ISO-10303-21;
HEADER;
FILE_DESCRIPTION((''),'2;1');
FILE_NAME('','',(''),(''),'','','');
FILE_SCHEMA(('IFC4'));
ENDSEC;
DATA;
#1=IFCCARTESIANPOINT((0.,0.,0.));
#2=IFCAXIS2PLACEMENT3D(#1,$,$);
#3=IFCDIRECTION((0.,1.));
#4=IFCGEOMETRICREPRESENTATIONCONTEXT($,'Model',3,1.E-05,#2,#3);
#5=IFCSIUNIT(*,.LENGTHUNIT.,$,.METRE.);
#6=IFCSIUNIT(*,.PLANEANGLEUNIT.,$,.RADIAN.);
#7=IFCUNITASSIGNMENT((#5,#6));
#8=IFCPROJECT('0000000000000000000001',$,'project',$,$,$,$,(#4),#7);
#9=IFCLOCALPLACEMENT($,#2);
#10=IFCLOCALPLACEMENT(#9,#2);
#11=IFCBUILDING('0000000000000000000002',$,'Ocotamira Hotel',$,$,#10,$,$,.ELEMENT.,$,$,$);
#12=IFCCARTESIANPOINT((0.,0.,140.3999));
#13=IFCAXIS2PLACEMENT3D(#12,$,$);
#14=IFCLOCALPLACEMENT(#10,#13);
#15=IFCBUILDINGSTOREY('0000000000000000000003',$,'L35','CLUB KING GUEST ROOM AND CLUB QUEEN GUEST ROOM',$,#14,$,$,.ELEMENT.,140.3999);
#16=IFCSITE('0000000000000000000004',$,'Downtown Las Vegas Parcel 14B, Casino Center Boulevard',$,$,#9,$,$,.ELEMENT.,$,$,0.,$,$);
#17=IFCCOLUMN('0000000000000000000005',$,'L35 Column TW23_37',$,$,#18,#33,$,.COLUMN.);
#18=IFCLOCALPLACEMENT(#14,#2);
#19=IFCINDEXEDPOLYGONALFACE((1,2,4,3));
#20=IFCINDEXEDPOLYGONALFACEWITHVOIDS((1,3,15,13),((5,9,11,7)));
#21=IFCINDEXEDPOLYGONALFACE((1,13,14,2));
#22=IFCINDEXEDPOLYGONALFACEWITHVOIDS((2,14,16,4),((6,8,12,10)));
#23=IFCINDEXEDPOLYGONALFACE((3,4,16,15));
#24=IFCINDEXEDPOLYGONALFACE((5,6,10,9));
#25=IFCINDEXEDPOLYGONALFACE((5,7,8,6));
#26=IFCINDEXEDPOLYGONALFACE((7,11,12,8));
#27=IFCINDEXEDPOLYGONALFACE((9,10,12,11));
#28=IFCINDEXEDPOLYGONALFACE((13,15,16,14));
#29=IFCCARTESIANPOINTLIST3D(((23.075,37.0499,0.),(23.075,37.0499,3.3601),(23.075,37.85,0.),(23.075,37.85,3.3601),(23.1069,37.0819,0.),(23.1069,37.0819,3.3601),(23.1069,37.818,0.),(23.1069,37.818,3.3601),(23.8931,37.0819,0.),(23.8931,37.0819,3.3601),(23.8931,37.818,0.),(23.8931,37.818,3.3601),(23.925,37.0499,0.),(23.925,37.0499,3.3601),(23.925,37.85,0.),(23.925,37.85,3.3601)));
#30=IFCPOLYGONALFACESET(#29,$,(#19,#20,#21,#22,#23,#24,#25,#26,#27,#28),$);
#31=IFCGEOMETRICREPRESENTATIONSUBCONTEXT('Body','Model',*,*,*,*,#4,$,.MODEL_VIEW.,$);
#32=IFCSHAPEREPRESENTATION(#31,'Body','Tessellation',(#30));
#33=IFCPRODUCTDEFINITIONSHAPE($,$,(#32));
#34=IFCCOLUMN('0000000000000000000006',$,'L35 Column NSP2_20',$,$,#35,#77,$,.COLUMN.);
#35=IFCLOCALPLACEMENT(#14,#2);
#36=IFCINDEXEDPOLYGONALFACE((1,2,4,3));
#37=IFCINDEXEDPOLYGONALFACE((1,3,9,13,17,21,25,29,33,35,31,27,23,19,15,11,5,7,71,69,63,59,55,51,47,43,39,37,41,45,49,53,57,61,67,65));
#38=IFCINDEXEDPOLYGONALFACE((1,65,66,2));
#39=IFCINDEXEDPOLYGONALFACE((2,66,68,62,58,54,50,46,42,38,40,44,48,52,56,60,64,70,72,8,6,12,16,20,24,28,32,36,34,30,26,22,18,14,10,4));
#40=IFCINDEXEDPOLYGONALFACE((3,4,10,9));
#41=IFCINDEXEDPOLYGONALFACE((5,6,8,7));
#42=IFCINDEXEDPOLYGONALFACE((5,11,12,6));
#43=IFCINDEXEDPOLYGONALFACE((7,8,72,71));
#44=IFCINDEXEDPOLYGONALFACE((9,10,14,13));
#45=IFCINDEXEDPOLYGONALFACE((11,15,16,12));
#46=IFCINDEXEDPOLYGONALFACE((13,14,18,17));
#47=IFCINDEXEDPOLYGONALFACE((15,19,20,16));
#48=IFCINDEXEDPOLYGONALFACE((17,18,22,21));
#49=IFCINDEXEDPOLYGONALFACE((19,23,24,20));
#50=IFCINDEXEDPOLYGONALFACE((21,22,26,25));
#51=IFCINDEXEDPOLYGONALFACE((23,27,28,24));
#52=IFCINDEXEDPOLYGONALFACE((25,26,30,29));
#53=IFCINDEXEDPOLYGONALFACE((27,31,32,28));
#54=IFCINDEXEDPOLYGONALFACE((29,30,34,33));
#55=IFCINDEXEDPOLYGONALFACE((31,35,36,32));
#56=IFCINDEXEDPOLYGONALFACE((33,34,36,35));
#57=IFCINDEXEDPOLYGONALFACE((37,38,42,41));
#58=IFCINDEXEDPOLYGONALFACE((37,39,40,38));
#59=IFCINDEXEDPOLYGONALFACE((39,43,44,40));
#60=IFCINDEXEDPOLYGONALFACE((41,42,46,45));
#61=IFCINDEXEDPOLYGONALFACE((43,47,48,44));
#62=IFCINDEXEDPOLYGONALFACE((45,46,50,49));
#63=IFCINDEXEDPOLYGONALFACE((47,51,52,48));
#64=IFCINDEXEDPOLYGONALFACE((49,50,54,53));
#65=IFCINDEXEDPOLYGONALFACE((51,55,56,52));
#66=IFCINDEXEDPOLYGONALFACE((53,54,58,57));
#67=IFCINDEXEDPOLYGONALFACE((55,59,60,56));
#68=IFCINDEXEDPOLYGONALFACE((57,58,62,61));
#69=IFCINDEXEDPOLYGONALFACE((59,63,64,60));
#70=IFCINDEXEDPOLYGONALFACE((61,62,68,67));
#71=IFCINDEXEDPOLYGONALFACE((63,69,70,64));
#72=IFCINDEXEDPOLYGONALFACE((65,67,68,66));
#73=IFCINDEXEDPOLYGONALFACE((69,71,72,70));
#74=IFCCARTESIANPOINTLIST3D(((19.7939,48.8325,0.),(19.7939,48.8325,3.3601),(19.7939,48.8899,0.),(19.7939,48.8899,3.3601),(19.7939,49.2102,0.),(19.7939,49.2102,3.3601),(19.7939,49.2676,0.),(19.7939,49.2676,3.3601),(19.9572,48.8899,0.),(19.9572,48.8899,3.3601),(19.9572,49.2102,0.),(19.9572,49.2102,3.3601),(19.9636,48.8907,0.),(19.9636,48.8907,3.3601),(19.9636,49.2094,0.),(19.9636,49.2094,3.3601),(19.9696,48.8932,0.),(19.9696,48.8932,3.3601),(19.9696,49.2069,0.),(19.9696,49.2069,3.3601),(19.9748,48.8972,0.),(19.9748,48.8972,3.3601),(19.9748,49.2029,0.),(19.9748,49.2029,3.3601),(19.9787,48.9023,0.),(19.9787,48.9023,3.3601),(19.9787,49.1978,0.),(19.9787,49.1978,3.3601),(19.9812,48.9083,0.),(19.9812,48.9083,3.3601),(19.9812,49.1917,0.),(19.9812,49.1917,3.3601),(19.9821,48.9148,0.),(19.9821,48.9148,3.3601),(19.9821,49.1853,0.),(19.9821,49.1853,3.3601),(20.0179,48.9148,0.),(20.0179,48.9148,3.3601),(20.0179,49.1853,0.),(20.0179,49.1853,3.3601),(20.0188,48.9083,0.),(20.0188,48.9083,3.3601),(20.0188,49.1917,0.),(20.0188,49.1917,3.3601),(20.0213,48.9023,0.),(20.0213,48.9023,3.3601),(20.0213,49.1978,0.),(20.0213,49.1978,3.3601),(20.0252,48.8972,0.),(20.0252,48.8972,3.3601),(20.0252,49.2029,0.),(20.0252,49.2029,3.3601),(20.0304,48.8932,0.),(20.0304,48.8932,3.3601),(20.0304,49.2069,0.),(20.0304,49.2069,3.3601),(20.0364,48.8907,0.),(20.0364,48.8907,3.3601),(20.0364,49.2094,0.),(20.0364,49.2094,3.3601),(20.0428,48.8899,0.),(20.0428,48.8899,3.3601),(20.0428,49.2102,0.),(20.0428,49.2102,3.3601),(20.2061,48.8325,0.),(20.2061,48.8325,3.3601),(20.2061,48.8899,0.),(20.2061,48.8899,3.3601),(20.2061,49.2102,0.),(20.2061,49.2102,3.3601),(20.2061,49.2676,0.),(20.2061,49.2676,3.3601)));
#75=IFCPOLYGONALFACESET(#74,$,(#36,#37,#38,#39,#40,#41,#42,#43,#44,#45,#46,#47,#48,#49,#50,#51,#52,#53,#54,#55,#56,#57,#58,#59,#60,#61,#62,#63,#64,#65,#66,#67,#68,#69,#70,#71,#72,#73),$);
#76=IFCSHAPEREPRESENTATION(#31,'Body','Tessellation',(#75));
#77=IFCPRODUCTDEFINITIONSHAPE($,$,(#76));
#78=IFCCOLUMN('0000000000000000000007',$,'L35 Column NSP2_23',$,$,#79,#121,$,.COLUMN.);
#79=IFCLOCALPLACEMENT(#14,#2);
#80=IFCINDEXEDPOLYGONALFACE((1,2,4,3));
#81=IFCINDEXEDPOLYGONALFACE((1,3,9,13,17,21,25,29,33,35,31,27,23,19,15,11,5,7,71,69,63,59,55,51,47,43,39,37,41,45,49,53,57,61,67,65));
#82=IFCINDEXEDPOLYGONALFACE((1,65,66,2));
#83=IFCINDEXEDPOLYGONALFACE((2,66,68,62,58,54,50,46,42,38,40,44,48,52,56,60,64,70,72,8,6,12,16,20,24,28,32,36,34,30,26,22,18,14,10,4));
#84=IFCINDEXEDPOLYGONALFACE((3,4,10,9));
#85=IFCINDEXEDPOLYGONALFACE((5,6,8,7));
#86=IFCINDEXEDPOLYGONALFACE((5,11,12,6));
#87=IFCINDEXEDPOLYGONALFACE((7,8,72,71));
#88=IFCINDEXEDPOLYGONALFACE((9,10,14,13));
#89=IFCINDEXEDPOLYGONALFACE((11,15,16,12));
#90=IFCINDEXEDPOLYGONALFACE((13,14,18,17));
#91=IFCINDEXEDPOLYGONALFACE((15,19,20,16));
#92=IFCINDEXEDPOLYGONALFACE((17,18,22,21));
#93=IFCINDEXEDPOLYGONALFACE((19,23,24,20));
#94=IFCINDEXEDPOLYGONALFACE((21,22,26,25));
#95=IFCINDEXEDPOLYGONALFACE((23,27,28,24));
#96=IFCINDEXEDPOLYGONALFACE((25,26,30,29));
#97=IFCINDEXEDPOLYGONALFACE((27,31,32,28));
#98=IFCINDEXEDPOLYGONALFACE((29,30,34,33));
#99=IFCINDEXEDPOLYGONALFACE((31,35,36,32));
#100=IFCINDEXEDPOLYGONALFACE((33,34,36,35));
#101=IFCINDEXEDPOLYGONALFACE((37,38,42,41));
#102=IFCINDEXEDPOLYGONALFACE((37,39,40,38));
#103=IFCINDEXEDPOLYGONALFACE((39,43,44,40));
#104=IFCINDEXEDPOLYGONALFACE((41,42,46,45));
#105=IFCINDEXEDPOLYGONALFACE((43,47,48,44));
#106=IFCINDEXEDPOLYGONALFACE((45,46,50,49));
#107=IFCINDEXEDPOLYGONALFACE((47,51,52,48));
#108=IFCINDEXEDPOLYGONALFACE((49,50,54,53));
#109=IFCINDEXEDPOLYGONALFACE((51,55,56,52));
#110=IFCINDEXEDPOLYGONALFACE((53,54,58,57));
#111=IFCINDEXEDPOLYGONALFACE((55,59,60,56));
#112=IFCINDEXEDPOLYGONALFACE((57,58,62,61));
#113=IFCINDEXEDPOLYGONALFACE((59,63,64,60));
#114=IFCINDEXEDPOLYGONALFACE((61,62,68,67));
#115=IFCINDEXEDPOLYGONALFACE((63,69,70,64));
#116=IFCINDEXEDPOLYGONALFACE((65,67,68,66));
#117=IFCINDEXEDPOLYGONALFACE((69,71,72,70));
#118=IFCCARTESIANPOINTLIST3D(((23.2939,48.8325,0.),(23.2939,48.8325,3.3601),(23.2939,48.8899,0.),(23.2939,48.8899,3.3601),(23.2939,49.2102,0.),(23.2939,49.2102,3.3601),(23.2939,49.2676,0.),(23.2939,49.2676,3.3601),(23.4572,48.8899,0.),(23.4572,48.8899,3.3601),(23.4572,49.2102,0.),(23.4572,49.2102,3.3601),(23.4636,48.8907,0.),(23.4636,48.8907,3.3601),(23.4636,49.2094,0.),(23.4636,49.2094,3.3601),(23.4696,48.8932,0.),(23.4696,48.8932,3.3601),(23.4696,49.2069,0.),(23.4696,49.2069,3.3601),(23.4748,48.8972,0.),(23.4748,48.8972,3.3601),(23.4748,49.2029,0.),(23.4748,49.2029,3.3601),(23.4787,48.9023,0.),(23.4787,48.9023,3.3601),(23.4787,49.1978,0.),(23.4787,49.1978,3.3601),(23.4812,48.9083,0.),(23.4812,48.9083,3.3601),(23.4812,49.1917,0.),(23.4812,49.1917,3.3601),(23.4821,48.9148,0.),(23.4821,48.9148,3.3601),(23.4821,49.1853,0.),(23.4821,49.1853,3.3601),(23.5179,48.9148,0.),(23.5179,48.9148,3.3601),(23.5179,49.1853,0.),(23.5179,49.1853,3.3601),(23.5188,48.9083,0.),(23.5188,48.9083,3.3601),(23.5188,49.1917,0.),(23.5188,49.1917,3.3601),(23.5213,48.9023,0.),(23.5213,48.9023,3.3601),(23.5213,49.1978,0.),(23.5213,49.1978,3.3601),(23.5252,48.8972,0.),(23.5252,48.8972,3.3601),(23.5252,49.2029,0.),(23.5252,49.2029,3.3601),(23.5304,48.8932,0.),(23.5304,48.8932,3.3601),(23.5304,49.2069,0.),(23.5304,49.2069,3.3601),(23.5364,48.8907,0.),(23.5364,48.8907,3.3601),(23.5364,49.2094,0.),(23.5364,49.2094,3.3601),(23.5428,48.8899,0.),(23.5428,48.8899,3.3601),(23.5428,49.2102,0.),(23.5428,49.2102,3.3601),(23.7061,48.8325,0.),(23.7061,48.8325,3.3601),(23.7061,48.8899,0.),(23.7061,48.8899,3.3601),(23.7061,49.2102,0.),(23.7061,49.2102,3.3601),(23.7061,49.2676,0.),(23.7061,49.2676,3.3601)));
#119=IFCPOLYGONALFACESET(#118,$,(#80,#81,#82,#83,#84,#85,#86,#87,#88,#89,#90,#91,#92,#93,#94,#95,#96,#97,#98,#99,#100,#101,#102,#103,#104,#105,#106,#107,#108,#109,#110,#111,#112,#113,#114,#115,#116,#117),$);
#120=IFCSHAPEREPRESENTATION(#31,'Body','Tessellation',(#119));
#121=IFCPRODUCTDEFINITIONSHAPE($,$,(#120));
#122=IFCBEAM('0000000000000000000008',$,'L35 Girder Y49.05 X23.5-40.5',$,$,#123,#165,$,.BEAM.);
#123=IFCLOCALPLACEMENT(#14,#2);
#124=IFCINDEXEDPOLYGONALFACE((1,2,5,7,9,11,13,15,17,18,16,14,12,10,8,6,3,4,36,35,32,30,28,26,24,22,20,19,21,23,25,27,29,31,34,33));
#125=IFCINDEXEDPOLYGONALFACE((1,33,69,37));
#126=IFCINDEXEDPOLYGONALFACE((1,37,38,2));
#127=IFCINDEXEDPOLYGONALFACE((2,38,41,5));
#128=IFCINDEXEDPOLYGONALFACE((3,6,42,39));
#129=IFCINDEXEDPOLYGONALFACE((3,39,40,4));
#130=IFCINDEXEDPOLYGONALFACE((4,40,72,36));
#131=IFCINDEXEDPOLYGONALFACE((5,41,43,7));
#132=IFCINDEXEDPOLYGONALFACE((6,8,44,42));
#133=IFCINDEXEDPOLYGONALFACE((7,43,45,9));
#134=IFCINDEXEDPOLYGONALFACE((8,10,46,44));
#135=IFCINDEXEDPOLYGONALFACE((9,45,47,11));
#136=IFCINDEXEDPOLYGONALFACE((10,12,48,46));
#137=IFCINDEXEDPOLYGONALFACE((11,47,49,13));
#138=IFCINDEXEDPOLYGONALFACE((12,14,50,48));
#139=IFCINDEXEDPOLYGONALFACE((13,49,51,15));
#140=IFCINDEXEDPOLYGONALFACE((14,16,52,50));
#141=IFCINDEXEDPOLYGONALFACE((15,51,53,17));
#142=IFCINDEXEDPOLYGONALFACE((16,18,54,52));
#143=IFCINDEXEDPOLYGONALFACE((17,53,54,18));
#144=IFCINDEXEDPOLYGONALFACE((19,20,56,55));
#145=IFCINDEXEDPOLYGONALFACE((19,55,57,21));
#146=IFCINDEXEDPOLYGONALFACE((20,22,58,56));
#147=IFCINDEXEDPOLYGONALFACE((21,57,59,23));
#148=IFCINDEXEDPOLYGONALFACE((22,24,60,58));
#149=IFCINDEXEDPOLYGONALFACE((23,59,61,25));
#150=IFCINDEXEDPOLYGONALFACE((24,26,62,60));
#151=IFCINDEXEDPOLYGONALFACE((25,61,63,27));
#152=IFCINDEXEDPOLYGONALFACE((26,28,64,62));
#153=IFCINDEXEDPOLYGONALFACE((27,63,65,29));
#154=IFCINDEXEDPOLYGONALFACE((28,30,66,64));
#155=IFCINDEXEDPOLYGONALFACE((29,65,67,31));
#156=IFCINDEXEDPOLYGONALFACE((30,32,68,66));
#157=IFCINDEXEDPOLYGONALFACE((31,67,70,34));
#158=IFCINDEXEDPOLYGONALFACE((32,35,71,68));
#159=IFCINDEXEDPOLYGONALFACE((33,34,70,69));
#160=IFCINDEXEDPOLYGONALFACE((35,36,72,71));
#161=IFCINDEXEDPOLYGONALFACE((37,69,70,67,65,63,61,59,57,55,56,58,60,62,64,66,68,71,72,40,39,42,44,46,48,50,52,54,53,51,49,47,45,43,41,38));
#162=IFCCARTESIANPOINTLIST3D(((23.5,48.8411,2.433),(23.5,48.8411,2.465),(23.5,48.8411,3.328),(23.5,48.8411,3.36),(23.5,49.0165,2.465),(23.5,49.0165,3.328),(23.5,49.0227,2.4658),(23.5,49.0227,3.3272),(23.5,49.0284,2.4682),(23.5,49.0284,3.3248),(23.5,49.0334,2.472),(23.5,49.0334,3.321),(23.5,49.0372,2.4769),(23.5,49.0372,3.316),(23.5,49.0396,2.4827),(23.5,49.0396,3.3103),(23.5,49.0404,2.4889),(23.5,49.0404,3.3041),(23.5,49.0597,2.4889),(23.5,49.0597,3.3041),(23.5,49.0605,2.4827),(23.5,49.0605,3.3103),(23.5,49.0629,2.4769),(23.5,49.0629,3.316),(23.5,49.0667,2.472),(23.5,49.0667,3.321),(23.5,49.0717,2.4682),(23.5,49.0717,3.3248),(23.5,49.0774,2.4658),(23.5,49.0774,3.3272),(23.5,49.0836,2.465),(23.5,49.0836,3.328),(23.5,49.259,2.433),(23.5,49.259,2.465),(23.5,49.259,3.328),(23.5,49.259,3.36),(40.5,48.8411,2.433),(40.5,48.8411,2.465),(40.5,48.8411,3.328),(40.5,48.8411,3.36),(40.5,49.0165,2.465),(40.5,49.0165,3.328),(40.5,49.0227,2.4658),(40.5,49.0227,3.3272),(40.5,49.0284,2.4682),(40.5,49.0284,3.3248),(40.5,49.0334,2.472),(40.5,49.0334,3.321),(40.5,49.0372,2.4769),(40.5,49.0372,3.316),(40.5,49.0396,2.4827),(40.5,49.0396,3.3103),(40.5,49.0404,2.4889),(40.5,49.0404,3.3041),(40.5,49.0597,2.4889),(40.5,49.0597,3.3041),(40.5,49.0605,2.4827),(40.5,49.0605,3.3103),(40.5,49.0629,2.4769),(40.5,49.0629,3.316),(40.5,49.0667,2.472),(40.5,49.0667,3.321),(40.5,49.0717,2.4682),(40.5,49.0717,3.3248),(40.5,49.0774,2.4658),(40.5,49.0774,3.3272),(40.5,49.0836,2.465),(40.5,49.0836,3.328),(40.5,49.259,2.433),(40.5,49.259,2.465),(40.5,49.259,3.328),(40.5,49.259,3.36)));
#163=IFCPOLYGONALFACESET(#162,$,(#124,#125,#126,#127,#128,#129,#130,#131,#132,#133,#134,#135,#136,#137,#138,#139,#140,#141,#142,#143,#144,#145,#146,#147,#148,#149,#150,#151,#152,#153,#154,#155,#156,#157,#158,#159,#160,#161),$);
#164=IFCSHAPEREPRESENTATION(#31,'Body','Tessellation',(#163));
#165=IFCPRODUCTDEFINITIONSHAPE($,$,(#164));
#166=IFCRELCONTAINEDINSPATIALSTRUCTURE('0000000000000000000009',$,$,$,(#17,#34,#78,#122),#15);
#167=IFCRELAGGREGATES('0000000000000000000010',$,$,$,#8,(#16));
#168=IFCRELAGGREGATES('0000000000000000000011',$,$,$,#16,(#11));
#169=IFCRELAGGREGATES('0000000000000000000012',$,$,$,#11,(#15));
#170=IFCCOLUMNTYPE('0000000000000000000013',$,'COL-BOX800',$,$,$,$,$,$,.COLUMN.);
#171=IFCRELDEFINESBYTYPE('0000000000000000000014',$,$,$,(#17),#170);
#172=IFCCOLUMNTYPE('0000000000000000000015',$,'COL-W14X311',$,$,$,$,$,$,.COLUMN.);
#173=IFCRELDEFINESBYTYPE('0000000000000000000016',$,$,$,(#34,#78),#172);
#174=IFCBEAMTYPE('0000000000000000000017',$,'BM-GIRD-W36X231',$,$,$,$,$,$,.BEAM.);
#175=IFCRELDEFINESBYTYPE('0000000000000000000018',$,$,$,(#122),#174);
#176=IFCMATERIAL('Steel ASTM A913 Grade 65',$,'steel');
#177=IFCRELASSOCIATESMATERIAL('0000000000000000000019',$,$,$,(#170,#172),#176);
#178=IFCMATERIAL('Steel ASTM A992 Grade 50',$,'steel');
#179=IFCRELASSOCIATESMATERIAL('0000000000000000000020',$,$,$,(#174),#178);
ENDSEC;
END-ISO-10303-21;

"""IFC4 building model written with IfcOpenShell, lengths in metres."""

from ifc_helpers import new_model, si_unit, direction, frame, origin, origin_2d, place, context, subcontext, project, spatial, hollow_rectangle, i_section, extrude, source, transform, mapped, material, material_profile, profile_set, type_object, element, save


model = new_model("IFC4")

# Units and contexts
model_context = context("Model", 3, precision=1e-05, world=origin(), true_north=direction((0.0, 1.0)))
body_context = subcontext(model_context, "Body", "Model", "MODEL_VIEW")
ifc_project = project(units=[si_unit("LENGTHUNIT", "METRE"), si_unit("PLANEANGLEUNIT", "RADIAN")], contexts=[model_context])

# Site, building, storey
site_placement = place(None, origin())
site = spatial("IfcSite", under=ifc_project, at=site_placement, Name="Downtown Las Vegas Parcel 14B, Casino Center Boulevard", CompositionType="ELEMENT", RefElevation=0.0)
building_placement = place(site_placement, origin())
building = spatial("IfcBuilding", under=site, at=building_placement, Name="Ocotamira Hotel", CompositionType="ELEMENT")
storey_placement = place(building_placement, frame((0.0, 0.0, 140.3999)))
storey = spatial("IfcBuildingStorey", under=building, at=storey_placement, Name="L35", Description="CLUB KING GUEST ROOM AND CLUB QUEEN GUEST ROOM", CompositionType="ELEMENT", Elevation=140.3999)

# Columns
ifc_material_1 = material(Name="Steel ASTM A913 Grade 65", Category="steel")
ifc_material_profile_1 = material_profile(ifc_material_1, hollow_rectangle(XDim=0.8501, YDim=0.8, WallThickness=0.032, at=origin_2d()), Name="BOX800X850X32")
ifc_profile_set_1 = profile_set([ifc_material_profile_1], Name="Steel ASTM A913 Grade 65")
column_type_1 = type_object("IfcColumnType", Name="COL-BOX800", PredefinedType="COLUMN", material=ifc_profile_set_1)
shared_shape_1 = source(origin(), body_context, "Body", "SweptSolid", [
    extrude(hollow_rectangle(XDim=0.8501, YDim=0.8, WallThickness=0.032, at=origin_2d()), origin(), (0.0, 0.0, 1.0), 3.3601),
])
column_placement = place(storey_placement, frame((23.5, 37.45, 0.0), z_axis=(0.0, 0.0, 1.0), x_axis=(1.0, 0.0, 0.0)))
element("IfcColumn", 1, at=column_placement, inside=storey, type_object=column_type_1, Name="L35 Column TW23_37", PredefinedType="COLUMN", context=body_context, shape_type="MappedRepresentation", body=[
    mapped(shared_shape_1, transform((0.0, 0.0, 0.0), scale=1.0)),
])
ifc_material_profile_2 = material_profile(ifc_material_1, i_section(OverallWidth=0.4121, OverallDepth=0.4351, WebThickness=0.0359, FlangeThickness=0.0574, FilletRadius=0.0249, at=origin_2d()), Name="W14X311")
ifc_profile_set_2 = profile_set([ifc_material_profile_2], Name="Steel ASTM A913 Grade 65")
column_type_2 = type_object("IfcColumnType", Name="COL-W14X311", PredefinedType="COLUMN", material=ifc_profile_set_2)
shared_shape_2 = source(origin(), body_context, "Body", "SweptSolid", [
    extrude(i_section(OverallWidth=0.4121, OverallDepth=0.4351, WebThickness=0.0359, FlangeThickness=0.0574, FilletRadius=0.0249, at=origin_2d()), origin(), (0.0, 0.0, 1.0), 3.3601),
])
for number, where, z_axis, x_axis, name in (
    (2, (20.0, 49.05, 0.0), (0.0, 0.0, 1.0), (1.0, 0.0, 0.0), "L35 Column NSP2_20"),
    (3, (23.5, 49.05, 0.0), (0.0, 0.0, 1.0), (1.0, 0.0, 0.0), "L35 Column NSP2_23"),
):
    element("IfcColumn", number, at=place(storey_placement, frame(where, z_axis=z_axis, x_axis=x_axis)), inside=storey, type_object=column_type_2, Name=name, PredefinedType="COLUMN", context=body_context, shape_type="MappedRepresentation", body=[
        mapped(shared_shape_2, transform((0.0, 0.0, 0.0), scale=1.0)),
    ])

# Beam
ifc_material_2 = material(Name="Steel ASTM A992 Grade 50", Category="steel")
ifc_material_profile_3 = material_profile(ifc_material_2, i_section(OverallWidth=0.418, OverallDepth=0.927, WebThickness=0.0193, FlangeThickness=0.032, FilletRadius=0.0239, at=origin_2d()), Name="W36X231")
ifc_profile_set_3 = profile_set([ifc_material_profile_3], Name="Steel ASTM A992 Grade 50")
beam_type_1 = type_object("IfcBeamType", Name="BM-GIRD-W36X231", PredefinedType="BEAM", material=ifc_profile_set_3)
shared_shape_3 = source(origin(), body_context, "Body", "SweptSolid", [
    extrude(i_section(OverallWidth=0.418, OverallDepth=0.927, WebThickness=0.0193, FlangeThickness=0.032, FilletRadius=0.0239, at=origin_2d()), origin(), (0.0, 0.0, 1.0), 17.0),
])
beam_1_placement = place(storey_placement, frame((23.5, 49.05, 2.8965), z_axis=(1.0, 0.0, 0.0), x_axis=(0.0, 1.0, 0.0)))
element("IfcBeam", 4, at=beam_1_placement, inside=storey, type_object=beam_type_1, Name="L35 Girder Y49.05 X23.5-40.5", PredefinedType="BEAM", context=body_context, shape_type="MappedRepresentation", body=[
    mapped(shared_shape_3, transform((0.0, 0.0, 0.0), scale=1.0)),
])

save(model, "model.ifc")
